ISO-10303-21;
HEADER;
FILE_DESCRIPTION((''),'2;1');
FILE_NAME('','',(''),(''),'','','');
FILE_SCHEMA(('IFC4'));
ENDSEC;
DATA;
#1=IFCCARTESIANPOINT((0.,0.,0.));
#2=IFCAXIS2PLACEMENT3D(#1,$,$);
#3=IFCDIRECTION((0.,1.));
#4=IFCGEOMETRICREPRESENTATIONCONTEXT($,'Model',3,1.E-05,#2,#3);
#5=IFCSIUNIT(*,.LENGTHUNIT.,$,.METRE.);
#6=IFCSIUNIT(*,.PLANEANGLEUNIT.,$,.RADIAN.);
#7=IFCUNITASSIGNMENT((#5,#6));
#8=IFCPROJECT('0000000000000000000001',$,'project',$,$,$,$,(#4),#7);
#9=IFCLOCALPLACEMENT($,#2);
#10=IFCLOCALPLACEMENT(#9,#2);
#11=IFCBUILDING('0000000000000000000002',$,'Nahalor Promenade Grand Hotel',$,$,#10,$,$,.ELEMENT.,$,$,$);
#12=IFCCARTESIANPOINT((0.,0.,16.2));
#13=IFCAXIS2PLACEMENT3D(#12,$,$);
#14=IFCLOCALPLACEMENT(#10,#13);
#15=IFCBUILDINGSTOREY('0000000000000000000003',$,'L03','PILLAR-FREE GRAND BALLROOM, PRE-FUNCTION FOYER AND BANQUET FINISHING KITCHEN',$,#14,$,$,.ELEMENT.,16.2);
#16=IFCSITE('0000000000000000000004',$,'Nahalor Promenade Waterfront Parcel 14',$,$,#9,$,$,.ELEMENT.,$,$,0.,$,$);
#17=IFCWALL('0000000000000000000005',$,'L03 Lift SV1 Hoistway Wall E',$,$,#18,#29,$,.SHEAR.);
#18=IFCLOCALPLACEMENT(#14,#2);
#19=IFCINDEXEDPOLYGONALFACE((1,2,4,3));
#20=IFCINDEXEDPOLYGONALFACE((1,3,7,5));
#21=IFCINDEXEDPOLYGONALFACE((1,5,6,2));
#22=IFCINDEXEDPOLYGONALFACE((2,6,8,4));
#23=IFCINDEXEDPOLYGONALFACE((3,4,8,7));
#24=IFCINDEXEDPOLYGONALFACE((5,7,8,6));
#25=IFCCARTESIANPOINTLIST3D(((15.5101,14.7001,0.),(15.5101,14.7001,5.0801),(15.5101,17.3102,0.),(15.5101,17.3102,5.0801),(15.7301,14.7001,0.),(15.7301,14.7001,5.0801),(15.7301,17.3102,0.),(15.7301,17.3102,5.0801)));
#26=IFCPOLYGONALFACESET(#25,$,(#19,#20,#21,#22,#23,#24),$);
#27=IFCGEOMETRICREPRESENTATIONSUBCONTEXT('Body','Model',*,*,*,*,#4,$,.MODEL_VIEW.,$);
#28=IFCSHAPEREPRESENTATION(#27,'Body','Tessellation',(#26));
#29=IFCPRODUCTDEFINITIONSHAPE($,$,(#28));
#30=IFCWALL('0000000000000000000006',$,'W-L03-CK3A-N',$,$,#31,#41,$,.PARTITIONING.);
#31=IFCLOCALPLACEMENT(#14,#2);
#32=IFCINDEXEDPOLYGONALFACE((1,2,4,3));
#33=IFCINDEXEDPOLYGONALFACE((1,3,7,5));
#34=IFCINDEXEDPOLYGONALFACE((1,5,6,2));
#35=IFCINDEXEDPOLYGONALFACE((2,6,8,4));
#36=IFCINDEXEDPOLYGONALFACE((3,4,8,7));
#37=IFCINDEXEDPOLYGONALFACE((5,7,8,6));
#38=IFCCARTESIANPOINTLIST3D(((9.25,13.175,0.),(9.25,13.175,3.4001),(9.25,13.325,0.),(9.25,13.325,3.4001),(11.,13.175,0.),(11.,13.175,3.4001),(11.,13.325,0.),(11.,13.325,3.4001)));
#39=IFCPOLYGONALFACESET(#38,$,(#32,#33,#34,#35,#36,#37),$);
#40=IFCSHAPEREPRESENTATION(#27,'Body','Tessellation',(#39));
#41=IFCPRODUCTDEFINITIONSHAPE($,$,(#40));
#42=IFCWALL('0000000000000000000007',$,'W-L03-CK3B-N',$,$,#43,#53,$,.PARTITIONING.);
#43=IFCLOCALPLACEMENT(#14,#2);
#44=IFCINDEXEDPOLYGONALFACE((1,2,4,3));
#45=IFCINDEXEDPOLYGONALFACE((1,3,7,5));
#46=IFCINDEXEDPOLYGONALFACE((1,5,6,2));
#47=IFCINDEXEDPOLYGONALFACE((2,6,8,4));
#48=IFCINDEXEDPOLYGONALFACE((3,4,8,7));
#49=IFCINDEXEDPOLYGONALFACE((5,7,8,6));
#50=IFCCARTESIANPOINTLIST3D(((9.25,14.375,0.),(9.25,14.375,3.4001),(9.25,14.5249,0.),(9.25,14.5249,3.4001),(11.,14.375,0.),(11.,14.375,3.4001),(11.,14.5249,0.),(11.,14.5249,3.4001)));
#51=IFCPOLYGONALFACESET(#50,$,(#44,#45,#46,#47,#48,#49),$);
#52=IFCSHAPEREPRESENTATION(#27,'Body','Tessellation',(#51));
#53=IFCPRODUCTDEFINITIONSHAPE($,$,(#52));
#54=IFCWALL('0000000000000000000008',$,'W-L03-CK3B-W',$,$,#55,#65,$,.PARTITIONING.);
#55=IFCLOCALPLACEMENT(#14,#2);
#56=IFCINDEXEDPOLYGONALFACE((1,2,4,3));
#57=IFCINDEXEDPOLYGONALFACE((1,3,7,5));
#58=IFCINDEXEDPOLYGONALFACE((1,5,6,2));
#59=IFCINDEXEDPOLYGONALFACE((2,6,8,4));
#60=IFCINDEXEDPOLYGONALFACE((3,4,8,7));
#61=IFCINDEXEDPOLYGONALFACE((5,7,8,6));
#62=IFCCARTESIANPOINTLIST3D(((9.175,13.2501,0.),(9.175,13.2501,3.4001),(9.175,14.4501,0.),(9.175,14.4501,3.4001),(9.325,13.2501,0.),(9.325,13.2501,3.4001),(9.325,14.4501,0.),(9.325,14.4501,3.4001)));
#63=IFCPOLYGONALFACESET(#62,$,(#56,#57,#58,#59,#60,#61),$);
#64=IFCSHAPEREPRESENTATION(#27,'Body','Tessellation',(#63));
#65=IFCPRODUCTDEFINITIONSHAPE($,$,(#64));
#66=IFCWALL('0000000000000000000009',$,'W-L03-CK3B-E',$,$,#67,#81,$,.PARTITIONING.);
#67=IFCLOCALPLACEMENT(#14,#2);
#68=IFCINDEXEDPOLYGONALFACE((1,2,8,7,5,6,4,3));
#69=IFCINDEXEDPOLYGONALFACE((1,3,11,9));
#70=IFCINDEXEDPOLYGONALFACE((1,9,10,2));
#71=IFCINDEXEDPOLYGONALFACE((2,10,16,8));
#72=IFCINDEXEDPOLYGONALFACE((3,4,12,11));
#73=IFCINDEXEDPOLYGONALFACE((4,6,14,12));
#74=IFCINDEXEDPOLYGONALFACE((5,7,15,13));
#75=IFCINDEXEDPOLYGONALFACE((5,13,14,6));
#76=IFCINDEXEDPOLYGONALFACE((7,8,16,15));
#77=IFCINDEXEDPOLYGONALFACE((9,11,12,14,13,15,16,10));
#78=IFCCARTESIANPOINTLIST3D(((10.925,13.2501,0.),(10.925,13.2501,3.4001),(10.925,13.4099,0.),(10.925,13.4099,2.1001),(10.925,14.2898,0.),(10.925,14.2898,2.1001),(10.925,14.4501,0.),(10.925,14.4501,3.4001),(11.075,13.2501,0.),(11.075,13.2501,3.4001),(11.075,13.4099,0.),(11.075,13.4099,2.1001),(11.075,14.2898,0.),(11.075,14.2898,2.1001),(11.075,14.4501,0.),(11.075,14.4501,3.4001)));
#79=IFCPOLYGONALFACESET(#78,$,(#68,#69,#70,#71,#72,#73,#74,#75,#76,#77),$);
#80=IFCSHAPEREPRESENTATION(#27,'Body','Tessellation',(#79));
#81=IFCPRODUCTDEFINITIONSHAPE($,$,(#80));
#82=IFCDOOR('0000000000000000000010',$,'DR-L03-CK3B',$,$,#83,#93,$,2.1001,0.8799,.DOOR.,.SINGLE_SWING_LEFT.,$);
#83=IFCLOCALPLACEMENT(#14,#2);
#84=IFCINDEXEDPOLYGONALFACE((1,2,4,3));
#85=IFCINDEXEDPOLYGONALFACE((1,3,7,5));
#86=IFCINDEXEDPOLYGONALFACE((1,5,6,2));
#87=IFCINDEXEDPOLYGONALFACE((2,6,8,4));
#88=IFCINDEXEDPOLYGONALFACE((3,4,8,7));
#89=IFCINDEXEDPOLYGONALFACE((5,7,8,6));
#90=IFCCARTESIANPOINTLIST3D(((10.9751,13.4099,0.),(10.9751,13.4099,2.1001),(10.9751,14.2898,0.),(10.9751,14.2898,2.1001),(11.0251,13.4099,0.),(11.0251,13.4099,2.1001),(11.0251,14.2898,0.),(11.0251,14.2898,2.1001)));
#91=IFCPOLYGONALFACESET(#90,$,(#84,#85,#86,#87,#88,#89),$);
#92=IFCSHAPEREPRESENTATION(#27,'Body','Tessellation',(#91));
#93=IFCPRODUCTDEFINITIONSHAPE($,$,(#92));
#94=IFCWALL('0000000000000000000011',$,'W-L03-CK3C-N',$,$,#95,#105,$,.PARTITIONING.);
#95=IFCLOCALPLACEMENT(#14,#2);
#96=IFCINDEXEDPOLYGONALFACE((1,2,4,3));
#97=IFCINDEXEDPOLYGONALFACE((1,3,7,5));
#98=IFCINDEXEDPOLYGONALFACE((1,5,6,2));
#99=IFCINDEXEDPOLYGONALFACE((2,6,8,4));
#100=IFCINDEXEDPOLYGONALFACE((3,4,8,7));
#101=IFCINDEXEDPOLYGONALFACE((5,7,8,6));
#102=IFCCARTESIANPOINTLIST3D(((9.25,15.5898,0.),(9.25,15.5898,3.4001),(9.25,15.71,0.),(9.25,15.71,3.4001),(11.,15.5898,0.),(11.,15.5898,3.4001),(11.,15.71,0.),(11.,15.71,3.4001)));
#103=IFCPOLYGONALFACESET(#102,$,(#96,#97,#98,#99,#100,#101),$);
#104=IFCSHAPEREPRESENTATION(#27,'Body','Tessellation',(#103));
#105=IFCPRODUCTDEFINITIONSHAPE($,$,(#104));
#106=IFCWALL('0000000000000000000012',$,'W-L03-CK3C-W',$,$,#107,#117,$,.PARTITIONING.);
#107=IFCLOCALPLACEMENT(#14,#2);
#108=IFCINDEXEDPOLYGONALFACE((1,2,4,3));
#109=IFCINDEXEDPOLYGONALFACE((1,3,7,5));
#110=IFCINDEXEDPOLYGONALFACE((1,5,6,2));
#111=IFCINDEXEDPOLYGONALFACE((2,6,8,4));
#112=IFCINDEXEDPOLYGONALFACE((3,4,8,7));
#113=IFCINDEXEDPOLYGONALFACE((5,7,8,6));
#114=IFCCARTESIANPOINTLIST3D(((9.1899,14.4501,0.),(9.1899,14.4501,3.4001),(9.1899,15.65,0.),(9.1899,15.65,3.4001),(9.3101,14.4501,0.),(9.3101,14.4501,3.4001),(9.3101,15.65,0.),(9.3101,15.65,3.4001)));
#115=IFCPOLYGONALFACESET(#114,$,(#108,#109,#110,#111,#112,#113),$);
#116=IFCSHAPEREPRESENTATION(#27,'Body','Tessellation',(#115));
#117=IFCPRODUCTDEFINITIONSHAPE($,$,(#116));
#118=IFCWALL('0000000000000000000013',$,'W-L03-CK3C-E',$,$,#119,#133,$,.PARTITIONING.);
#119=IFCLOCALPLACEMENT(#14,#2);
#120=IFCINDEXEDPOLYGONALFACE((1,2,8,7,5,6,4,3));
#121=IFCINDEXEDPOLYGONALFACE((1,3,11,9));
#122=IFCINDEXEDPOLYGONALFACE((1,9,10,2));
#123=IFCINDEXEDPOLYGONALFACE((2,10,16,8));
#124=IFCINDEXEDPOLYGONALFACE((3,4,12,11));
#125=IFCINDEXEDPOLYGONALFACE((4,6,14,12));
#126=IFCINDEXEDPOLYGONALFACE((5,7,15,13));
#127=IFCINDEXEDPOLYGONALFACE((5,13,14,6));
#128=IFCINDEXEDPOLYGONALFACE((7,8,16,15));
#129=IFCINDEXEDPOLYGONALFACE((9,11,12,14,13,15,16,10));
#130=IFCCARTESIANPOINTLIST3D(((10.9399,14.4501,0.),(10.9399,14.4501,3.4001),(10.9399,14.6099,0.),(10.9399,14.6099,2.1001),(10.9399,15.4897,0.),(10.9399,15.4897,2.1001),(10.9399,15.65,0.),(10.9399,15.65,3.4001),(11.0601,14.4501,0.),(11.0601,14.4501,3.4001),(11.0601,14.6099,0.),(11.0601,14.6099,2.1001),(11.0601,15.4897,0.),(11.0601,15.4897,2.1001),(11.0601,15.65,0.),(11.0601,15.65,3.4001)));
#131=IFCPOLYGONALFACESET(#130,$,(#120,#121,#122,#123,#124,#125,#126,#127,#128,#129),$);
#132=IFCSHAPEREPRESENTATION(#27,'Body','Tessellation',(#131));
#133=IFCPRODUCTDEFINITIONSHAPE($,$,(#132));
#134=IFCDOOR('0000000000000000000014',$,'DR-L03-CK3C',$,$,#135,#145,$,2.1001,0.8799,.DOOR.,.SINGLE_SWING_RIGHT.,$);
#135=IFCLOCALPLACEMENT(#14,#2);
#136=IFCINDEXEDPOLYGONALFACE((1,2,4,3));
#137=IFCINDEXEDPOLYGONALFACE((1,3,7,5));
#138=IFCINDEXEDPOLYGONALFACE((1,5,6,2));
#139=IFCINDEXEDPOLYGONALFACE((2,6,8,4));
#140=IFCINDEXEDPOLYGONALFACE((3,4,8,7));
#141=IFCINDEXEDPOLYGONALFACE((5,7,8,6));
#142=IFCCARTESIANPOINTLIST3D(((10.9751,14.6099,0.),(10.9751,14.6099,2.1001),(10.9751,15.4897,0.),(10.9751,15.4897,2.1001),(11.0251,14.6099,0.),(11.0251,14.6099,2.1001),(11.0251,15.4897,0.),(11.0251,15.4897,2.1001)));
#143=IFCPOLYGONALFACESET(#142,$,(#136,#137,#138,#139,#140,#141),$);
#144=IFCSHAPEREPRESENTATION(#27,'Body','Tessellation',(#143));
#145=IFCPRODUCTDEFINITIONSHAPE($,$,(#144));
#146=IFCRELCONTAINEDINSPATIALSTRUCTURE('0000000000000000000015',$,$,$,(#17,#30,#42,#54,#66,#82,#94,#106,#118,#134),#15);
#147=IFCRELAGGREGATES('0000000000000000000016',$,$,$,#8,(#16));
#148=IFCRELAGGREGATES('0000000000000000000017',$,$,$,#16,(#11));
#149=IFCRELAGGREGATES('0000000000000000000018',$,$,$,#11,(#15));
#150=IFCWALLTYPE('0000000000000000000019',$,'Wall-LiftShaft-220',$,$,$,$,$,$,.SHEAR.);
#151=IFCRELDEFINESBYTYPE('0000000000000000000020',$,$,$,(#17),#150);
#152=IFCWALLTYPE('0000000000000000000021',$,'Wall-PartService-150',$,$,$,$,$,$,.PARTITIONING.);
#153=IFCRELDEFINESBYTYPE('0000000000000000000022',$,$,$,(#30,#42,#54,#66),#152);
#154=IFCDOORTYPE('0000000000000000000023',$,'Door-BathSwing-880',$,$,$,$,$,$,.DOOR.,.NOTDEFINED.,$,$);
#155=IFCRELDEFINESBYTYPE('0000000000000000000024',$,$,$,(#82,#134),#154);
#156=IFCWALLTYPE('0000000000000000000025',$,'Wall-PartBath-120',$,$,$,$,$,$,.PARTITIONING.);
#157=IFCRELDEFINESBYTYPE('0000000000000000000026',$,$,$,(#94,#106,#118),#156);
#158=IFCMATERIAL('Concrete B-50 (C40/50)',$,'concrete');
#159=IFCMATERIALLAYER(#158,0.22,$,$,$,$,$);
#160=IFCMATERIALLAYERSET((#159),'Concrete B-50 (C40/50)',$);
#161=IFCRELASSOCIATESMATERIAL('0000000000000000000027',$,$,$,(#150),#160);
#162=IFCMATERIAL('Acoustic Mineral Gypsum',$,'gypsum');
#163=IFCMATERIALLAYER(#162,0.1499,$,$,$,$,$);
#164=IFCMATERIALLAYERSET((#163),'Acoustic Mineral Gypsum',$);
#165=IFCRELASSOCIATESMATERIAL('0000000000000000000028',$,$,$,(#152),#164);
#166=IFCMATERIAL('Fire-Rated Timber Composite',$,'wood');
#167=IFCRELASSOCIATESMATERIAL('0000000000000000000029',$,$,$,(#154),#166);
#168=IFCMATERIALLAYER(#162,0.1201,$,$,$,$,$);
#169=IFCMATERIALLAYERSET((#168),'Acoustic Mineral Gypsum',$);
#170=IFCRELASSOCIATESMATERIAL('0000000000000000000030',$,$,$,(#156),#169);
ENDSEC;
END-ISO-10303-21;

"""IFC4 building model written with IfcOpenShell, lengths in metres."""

from ifc_helpers import new_model, si_unit, direction, frame, frame_2d, origin, place, context, subcontext, project, spatial, rectangle, extrude, source, transform, mapped, material, layer, layer_set, type_object, element, fill, save


model = new_model("IFC4")

# Units and contexts
model_context = context("Model", 3, precision=1e-05, world=origin(), true_north=direction((0.0, 1.0)))
body_context = subcontext(model_context, "Body", "Model", "MODEL_VIEW")
ifc_project = project(units=[si_unit("LENGTHUNIT", "METRE"), si_unit("PLANEANGLEUNIT", "RADIAN")], contexts=[model_context])

# Site, building, storey
site_placement = place(None, origin())
site = spatial("IfcSite", under=ifc_project, at=site_placement, Name="Nahalor Promenade Waterfront Parcel 14", CompositionType="ELEMENT", RefElevation=0.0)
building_placement = place(site_placement, origin())
building = spatial("IfcBuilding", under=site, at=building_placement, Name="Nahalor Promenade Grand Hotel", CompositionType="ELEMENT")
storey_placement = place(building_placement, frame((0.0, 0.0, 16.2)))
storey = spatial("IfcBuildingStorey", under=building, at=storey_placement, Name="L03", Description="PILLAR-FREE GRAND BALLROOM, PRE-FUNCTION FOYER AND BANQUET FINISHING KITCHEN", CompositionType="ELEMENT", Elevation=16.2)

# Shared definitions
ifc_material_1 = material(Name="Concrete B-50 (C40/50)", Category="concrete")
ifc_layer_1 = layer(ifc_material_1, 0.22)
ifc_layer_set_1 = layer_set([ifc_layer_1], Name="Concrete B-50 (C40/50)")
wall_type_1 = type_object("IfcWallType", Name="Wall-LiftShaft-220", PredefinedType="SHEAR", material=ifc_layer_set_1)

# Shared definitions
shared_shape_1 = source(origin(), body_context, "Body", "SweptSolid", [
    extrude(rectangle(XDim=2.6101, YDim=0.22, at=frame_2d((1.3052, 0.0))), origin(), (0.0, 0.0, 1.0), 5.0801),
])

# Walls
wall_1_placement = place(storey_placement, frame((15.6201, 14.7, 0.0), z_axis=(0.0, 0.0, 1.0), x_axis=(0.0, 1.0, 0.0)))
element("IfcWall", 1, at=wall_1_placement, inside=storey, type_object=wall_type_1, Name="L03 Lift SV1 Hoistway Wall E", PredefinedType="SHEAR", context=body_context, shape_type="MappedRepresentation", body=[
    mapped(shared_shape_1, transform((0.0, 0.0, 0.0), scale=1.0)),
])
ifc_material_2 = material(Name="Acoustic Mineral Gypsum", Category="gypsum")
ifc_layer_2 = layer(ifc_material_2, 0.1499)
ifc_layer_set_2 = layer_set([ifc_layer_2], Name="Acoustic Mineral Gypsum")
wall_type_2 = type_object("IfcWallType", Name="Wall-PartService-150", PredefinedType="PARTITIONING", material=ifc_layer_set_2)
shared_shape_2 = source(origin(), body_context, "Body", "SweptSolid", [
    extrude(rectangle(XDim=1.75, YDim=0.1499, at=frame_2d((0.875, 0.0))), origin(), (0.0, 0.0, 1.0), 3.4001),
])
for number, where, z_axis, x_axis, name in (
    (2, (9.25, 13.25, 0.0), (0.0, 0.0, 1.0), (1.0, 0.0, 0.0), "W-L03-CK3A-N"),
    (3, (9.25, 14.45, 0.0), (0.0, 0.0, 1.0), (1.0, 0.0, 0.0), "W-L03-CK3B-N"),
):
    element("IfcWall", number, at=place(storey_placement, frame(where, z_axis=z_axis, x_axis=x_axis)), inside=storey, type_object=wall_type_2, Name=name, PredefinedType="PARTITIONING", context=body_context, shape_type="MappedRepresentation", body=[
        mapped(shared_shape_2, transform((0.0, 0.0, 0.0), scale=1.0)),
    ])
shared_shape_3 = source(origin(), body_context, "Body", "SweptSolid", [
    extrude(rectangle(XDim=1.2, YDim=0.1499, at=frame_2d((0.6001, 0.0))), origin(), (0.0, 0.0, 1.0), 3.4001),
])
wall_2_placement = place(storey_placement, frame((9.25, 13.25, 0.0), z_axis=(0.0, 0.0, 1.0), x_axis=(0.0, 1.0, 0.0)))
element("IfcWall", 4, at=wall_2_placement, inside=storey, type_object=wall_type_2, Name="W-L03-CK3B-W", PredefinedType="PARTITIONING", context=body_context, shape_type="MappedRepresentation", body=[
    mapped(shared_shape_3, transform((0.0, 0.0, 0.0), scale=1.0)),
])

# Wall, opening, door
wall_3_placement = place(storey_placement, frame((11.0, 13.25, 0.0), z_axis=(0.0, 0.0, 1.0), x_axis=(0.0, 1.0, 0.0)))
wall_3 = element("IfcWall", 5, at=wall_3_placement, inside=storey, type_object=wall_type_2, Name="W-L03-CK3B-E", PredefinedType="PARTITIONING", context=body_context, shape_type="MappedRepresentation", body=[
    mapped(shared_shape_3, transform((0.0, 0.0, 0.0), scale=1.0)),
])
opening_1_placement = place(wall_3_placement, frame((0.1599, 0.0, 0.0)))
opening_1 = element("IfcOpeningElement", 6, at=opening_1_placement, cuts=wall_3, PredefinedType="OPENING", context=body_context, shape_type="SweptSolid", body=[
    extrude(rectangle(XDim=0.8799, YDim=2.1001, at=frame_2d((0.4399, 1.05))), frame((0.0, 0.085, 0.0), z_axis=(0.0, -1.0, 0.0), x_axis=(1.0, 0.0, 0.0)), (0.0, 0.0, 1.0), 0.1699),
])
ifc_material_3 = material(Name="Fire-Rated Timber Composite", Category="wood")
door_type_1 = type_object("IfcDoorType", Name="Door-BathSwing-880", OperationType="NOTDEFINED", PredefinedType="DOOR", material=ifc_material_3)
shared_shape_4 = source(origin(), body_context, "Body", "SweptSolid", [
    extrude(rectangle(XDim=0.8799, YDim=2.1001, at=frame_2d((0.4399, 1.05))), frame((0.0, 0.0249, 0.0), z_axis=(0.0, -1.0, 0.0), x_axis=(1.0, 0.0, 0.0)), (0.0, 0.0, 1.0), 0.05),
])
door_1_placement = place(opening_1_placement, origin())
door_1 = element("IfcDoor", 7, at=door_1_placement, inside=storey, type_object=door_type_1, Name="DR-L03-CK3B", OperationType="SINGLE_SWING_LEFT", OverallHeight=2.1001, OverallWidth=0.8799, PredefinedType="DOOR", context=body_context, shape_type="MappedRepresentation", body=[
    mapped(shared_shape_4, transform((0.0, 0.0, 0.0), scale=1.0)),
])
fill(opening_1, door_1)

# Walls
ifc_layer_3 = layer(ifc_material_2, 0.1201)
ifc_layer_set_3 = layer_set([ifc_layer_3], Name="Acoustic Mineral Gypsum")
wall_type_3 = type_object("IfcWallType", Name="Wall-PartBath-120", PredefinedType="PARTITIONING", material=ifc_layer_set_3)
shared_shape_5 = source(origin(), body_context, "Body", "SweptSolid", [
    extrude(rectangle(XDim=1.75, YDim=0.1201, at=frame_2d((0.875, 0.0))), origin(), (0.0, 0.0, 1.0), 3.4001),
])
wall_4_placement = place(storey_placement, frame((9.25, 15.6499, 0.0), z_axis=(0.0, 0.0, 1.0), x_axis=(1.0, 0.0, 0.0)))
element("IfcWall", 8, at=wall_4_placement, inside=storey, type_object=wall_type_3, Name="W-L03-CK3C-N", PredefinedType="PARTITIONING", context=body_context, shape_type="MappedRepresentation", body=[
    mapped(shared_shape_5, transform((0.0, 0.0, 0.0), scale=1.0)),
])
shared_shape_6 = source(origin(), body_context, "Body", "SweptSolid", [
    extrude(rectangle(XDim=1.2, YDim=0.1201, at=frame_2d((0.6001, 0.0))), origin(), (0.0, 0.0, 1.0), 3.4001),
])
wall_5_placement = place(storey_placement, frame((9.25, 14.45, 0.0), z_axis=(0.0, 0.0, 1.0), x_axis=(0.0, 1.0, 0.0)))
element("IfcWall", 9, at=wall_5_placement, inside=storey, type_object=wall_type_3, Name="W-L03-CK3C-W", PredefinedType="PARTITIONING", context=body_context, shape_type="MappedRepresentation", body=[
    mapped(shared_shape_6, transform((0.0, 0.0, 0.0), scale=1.0)),
])

# Wall, opening, door
wall_6_placement = place(storey_placement, frame((11.0, 14.45, 0.0), z_axis=(0.0, 0.0, 1.0), x_axis=(0.0, 1.0, 0.0)))
wall_6 = element("IfcWall", 10, at=wall_6_placement, inside=storey, type_object=wall_type_3, Name="W-L03-CK3C-E", PredefinedType="PARTITIONING", context=body_context, shape_type="MappedRepresentation", body=[
    mapped(shared_shape_6, transform((0.0, 0.0, 0.0), scale=1.0)),
])
opening_2_placement = place(wall_6_placement, frame((0.1599, 0.0, 0.0)))
opening_2 = element("IfcOpeningElement", 11, at=opening_2_placement, cuts=wall_6, PredefinedType="OPENING", context=body_context, shape_type="SweptSolid", body=[
    extrude(rectangle(XDim=0.8799, YDim=2.1001, at=frame_2d((0.4399, 1.05))), frame((0.0, 0.0701, 0.0), z_axis=(0.0, -1.0, 0.0), x_axis=(1.0, 0.0, 0.0)), (0.0, 0.0, 1.0), 0.1401),
])
door_2_placement = place(opening_2_placement, origin())
door_2 = element("IfcDoor", 12, at=door_2_placement, inside=storey, type_object=door_type_1, Name="DR-L03-CK3C", OperationType="SINGLE_SWING_RIGHT", OverallHeight=2.1001, OverallWidth=0.8799, PredefinedType="DOOR", context=body_context, shape_type="MappedRepresentation", body=[
    mapped(shared_shape_4, transform((0.0, 0.0, 0.0), scale=1.0)),
])
fill(opening_2, door_2)

save(model, "model.ifc")
